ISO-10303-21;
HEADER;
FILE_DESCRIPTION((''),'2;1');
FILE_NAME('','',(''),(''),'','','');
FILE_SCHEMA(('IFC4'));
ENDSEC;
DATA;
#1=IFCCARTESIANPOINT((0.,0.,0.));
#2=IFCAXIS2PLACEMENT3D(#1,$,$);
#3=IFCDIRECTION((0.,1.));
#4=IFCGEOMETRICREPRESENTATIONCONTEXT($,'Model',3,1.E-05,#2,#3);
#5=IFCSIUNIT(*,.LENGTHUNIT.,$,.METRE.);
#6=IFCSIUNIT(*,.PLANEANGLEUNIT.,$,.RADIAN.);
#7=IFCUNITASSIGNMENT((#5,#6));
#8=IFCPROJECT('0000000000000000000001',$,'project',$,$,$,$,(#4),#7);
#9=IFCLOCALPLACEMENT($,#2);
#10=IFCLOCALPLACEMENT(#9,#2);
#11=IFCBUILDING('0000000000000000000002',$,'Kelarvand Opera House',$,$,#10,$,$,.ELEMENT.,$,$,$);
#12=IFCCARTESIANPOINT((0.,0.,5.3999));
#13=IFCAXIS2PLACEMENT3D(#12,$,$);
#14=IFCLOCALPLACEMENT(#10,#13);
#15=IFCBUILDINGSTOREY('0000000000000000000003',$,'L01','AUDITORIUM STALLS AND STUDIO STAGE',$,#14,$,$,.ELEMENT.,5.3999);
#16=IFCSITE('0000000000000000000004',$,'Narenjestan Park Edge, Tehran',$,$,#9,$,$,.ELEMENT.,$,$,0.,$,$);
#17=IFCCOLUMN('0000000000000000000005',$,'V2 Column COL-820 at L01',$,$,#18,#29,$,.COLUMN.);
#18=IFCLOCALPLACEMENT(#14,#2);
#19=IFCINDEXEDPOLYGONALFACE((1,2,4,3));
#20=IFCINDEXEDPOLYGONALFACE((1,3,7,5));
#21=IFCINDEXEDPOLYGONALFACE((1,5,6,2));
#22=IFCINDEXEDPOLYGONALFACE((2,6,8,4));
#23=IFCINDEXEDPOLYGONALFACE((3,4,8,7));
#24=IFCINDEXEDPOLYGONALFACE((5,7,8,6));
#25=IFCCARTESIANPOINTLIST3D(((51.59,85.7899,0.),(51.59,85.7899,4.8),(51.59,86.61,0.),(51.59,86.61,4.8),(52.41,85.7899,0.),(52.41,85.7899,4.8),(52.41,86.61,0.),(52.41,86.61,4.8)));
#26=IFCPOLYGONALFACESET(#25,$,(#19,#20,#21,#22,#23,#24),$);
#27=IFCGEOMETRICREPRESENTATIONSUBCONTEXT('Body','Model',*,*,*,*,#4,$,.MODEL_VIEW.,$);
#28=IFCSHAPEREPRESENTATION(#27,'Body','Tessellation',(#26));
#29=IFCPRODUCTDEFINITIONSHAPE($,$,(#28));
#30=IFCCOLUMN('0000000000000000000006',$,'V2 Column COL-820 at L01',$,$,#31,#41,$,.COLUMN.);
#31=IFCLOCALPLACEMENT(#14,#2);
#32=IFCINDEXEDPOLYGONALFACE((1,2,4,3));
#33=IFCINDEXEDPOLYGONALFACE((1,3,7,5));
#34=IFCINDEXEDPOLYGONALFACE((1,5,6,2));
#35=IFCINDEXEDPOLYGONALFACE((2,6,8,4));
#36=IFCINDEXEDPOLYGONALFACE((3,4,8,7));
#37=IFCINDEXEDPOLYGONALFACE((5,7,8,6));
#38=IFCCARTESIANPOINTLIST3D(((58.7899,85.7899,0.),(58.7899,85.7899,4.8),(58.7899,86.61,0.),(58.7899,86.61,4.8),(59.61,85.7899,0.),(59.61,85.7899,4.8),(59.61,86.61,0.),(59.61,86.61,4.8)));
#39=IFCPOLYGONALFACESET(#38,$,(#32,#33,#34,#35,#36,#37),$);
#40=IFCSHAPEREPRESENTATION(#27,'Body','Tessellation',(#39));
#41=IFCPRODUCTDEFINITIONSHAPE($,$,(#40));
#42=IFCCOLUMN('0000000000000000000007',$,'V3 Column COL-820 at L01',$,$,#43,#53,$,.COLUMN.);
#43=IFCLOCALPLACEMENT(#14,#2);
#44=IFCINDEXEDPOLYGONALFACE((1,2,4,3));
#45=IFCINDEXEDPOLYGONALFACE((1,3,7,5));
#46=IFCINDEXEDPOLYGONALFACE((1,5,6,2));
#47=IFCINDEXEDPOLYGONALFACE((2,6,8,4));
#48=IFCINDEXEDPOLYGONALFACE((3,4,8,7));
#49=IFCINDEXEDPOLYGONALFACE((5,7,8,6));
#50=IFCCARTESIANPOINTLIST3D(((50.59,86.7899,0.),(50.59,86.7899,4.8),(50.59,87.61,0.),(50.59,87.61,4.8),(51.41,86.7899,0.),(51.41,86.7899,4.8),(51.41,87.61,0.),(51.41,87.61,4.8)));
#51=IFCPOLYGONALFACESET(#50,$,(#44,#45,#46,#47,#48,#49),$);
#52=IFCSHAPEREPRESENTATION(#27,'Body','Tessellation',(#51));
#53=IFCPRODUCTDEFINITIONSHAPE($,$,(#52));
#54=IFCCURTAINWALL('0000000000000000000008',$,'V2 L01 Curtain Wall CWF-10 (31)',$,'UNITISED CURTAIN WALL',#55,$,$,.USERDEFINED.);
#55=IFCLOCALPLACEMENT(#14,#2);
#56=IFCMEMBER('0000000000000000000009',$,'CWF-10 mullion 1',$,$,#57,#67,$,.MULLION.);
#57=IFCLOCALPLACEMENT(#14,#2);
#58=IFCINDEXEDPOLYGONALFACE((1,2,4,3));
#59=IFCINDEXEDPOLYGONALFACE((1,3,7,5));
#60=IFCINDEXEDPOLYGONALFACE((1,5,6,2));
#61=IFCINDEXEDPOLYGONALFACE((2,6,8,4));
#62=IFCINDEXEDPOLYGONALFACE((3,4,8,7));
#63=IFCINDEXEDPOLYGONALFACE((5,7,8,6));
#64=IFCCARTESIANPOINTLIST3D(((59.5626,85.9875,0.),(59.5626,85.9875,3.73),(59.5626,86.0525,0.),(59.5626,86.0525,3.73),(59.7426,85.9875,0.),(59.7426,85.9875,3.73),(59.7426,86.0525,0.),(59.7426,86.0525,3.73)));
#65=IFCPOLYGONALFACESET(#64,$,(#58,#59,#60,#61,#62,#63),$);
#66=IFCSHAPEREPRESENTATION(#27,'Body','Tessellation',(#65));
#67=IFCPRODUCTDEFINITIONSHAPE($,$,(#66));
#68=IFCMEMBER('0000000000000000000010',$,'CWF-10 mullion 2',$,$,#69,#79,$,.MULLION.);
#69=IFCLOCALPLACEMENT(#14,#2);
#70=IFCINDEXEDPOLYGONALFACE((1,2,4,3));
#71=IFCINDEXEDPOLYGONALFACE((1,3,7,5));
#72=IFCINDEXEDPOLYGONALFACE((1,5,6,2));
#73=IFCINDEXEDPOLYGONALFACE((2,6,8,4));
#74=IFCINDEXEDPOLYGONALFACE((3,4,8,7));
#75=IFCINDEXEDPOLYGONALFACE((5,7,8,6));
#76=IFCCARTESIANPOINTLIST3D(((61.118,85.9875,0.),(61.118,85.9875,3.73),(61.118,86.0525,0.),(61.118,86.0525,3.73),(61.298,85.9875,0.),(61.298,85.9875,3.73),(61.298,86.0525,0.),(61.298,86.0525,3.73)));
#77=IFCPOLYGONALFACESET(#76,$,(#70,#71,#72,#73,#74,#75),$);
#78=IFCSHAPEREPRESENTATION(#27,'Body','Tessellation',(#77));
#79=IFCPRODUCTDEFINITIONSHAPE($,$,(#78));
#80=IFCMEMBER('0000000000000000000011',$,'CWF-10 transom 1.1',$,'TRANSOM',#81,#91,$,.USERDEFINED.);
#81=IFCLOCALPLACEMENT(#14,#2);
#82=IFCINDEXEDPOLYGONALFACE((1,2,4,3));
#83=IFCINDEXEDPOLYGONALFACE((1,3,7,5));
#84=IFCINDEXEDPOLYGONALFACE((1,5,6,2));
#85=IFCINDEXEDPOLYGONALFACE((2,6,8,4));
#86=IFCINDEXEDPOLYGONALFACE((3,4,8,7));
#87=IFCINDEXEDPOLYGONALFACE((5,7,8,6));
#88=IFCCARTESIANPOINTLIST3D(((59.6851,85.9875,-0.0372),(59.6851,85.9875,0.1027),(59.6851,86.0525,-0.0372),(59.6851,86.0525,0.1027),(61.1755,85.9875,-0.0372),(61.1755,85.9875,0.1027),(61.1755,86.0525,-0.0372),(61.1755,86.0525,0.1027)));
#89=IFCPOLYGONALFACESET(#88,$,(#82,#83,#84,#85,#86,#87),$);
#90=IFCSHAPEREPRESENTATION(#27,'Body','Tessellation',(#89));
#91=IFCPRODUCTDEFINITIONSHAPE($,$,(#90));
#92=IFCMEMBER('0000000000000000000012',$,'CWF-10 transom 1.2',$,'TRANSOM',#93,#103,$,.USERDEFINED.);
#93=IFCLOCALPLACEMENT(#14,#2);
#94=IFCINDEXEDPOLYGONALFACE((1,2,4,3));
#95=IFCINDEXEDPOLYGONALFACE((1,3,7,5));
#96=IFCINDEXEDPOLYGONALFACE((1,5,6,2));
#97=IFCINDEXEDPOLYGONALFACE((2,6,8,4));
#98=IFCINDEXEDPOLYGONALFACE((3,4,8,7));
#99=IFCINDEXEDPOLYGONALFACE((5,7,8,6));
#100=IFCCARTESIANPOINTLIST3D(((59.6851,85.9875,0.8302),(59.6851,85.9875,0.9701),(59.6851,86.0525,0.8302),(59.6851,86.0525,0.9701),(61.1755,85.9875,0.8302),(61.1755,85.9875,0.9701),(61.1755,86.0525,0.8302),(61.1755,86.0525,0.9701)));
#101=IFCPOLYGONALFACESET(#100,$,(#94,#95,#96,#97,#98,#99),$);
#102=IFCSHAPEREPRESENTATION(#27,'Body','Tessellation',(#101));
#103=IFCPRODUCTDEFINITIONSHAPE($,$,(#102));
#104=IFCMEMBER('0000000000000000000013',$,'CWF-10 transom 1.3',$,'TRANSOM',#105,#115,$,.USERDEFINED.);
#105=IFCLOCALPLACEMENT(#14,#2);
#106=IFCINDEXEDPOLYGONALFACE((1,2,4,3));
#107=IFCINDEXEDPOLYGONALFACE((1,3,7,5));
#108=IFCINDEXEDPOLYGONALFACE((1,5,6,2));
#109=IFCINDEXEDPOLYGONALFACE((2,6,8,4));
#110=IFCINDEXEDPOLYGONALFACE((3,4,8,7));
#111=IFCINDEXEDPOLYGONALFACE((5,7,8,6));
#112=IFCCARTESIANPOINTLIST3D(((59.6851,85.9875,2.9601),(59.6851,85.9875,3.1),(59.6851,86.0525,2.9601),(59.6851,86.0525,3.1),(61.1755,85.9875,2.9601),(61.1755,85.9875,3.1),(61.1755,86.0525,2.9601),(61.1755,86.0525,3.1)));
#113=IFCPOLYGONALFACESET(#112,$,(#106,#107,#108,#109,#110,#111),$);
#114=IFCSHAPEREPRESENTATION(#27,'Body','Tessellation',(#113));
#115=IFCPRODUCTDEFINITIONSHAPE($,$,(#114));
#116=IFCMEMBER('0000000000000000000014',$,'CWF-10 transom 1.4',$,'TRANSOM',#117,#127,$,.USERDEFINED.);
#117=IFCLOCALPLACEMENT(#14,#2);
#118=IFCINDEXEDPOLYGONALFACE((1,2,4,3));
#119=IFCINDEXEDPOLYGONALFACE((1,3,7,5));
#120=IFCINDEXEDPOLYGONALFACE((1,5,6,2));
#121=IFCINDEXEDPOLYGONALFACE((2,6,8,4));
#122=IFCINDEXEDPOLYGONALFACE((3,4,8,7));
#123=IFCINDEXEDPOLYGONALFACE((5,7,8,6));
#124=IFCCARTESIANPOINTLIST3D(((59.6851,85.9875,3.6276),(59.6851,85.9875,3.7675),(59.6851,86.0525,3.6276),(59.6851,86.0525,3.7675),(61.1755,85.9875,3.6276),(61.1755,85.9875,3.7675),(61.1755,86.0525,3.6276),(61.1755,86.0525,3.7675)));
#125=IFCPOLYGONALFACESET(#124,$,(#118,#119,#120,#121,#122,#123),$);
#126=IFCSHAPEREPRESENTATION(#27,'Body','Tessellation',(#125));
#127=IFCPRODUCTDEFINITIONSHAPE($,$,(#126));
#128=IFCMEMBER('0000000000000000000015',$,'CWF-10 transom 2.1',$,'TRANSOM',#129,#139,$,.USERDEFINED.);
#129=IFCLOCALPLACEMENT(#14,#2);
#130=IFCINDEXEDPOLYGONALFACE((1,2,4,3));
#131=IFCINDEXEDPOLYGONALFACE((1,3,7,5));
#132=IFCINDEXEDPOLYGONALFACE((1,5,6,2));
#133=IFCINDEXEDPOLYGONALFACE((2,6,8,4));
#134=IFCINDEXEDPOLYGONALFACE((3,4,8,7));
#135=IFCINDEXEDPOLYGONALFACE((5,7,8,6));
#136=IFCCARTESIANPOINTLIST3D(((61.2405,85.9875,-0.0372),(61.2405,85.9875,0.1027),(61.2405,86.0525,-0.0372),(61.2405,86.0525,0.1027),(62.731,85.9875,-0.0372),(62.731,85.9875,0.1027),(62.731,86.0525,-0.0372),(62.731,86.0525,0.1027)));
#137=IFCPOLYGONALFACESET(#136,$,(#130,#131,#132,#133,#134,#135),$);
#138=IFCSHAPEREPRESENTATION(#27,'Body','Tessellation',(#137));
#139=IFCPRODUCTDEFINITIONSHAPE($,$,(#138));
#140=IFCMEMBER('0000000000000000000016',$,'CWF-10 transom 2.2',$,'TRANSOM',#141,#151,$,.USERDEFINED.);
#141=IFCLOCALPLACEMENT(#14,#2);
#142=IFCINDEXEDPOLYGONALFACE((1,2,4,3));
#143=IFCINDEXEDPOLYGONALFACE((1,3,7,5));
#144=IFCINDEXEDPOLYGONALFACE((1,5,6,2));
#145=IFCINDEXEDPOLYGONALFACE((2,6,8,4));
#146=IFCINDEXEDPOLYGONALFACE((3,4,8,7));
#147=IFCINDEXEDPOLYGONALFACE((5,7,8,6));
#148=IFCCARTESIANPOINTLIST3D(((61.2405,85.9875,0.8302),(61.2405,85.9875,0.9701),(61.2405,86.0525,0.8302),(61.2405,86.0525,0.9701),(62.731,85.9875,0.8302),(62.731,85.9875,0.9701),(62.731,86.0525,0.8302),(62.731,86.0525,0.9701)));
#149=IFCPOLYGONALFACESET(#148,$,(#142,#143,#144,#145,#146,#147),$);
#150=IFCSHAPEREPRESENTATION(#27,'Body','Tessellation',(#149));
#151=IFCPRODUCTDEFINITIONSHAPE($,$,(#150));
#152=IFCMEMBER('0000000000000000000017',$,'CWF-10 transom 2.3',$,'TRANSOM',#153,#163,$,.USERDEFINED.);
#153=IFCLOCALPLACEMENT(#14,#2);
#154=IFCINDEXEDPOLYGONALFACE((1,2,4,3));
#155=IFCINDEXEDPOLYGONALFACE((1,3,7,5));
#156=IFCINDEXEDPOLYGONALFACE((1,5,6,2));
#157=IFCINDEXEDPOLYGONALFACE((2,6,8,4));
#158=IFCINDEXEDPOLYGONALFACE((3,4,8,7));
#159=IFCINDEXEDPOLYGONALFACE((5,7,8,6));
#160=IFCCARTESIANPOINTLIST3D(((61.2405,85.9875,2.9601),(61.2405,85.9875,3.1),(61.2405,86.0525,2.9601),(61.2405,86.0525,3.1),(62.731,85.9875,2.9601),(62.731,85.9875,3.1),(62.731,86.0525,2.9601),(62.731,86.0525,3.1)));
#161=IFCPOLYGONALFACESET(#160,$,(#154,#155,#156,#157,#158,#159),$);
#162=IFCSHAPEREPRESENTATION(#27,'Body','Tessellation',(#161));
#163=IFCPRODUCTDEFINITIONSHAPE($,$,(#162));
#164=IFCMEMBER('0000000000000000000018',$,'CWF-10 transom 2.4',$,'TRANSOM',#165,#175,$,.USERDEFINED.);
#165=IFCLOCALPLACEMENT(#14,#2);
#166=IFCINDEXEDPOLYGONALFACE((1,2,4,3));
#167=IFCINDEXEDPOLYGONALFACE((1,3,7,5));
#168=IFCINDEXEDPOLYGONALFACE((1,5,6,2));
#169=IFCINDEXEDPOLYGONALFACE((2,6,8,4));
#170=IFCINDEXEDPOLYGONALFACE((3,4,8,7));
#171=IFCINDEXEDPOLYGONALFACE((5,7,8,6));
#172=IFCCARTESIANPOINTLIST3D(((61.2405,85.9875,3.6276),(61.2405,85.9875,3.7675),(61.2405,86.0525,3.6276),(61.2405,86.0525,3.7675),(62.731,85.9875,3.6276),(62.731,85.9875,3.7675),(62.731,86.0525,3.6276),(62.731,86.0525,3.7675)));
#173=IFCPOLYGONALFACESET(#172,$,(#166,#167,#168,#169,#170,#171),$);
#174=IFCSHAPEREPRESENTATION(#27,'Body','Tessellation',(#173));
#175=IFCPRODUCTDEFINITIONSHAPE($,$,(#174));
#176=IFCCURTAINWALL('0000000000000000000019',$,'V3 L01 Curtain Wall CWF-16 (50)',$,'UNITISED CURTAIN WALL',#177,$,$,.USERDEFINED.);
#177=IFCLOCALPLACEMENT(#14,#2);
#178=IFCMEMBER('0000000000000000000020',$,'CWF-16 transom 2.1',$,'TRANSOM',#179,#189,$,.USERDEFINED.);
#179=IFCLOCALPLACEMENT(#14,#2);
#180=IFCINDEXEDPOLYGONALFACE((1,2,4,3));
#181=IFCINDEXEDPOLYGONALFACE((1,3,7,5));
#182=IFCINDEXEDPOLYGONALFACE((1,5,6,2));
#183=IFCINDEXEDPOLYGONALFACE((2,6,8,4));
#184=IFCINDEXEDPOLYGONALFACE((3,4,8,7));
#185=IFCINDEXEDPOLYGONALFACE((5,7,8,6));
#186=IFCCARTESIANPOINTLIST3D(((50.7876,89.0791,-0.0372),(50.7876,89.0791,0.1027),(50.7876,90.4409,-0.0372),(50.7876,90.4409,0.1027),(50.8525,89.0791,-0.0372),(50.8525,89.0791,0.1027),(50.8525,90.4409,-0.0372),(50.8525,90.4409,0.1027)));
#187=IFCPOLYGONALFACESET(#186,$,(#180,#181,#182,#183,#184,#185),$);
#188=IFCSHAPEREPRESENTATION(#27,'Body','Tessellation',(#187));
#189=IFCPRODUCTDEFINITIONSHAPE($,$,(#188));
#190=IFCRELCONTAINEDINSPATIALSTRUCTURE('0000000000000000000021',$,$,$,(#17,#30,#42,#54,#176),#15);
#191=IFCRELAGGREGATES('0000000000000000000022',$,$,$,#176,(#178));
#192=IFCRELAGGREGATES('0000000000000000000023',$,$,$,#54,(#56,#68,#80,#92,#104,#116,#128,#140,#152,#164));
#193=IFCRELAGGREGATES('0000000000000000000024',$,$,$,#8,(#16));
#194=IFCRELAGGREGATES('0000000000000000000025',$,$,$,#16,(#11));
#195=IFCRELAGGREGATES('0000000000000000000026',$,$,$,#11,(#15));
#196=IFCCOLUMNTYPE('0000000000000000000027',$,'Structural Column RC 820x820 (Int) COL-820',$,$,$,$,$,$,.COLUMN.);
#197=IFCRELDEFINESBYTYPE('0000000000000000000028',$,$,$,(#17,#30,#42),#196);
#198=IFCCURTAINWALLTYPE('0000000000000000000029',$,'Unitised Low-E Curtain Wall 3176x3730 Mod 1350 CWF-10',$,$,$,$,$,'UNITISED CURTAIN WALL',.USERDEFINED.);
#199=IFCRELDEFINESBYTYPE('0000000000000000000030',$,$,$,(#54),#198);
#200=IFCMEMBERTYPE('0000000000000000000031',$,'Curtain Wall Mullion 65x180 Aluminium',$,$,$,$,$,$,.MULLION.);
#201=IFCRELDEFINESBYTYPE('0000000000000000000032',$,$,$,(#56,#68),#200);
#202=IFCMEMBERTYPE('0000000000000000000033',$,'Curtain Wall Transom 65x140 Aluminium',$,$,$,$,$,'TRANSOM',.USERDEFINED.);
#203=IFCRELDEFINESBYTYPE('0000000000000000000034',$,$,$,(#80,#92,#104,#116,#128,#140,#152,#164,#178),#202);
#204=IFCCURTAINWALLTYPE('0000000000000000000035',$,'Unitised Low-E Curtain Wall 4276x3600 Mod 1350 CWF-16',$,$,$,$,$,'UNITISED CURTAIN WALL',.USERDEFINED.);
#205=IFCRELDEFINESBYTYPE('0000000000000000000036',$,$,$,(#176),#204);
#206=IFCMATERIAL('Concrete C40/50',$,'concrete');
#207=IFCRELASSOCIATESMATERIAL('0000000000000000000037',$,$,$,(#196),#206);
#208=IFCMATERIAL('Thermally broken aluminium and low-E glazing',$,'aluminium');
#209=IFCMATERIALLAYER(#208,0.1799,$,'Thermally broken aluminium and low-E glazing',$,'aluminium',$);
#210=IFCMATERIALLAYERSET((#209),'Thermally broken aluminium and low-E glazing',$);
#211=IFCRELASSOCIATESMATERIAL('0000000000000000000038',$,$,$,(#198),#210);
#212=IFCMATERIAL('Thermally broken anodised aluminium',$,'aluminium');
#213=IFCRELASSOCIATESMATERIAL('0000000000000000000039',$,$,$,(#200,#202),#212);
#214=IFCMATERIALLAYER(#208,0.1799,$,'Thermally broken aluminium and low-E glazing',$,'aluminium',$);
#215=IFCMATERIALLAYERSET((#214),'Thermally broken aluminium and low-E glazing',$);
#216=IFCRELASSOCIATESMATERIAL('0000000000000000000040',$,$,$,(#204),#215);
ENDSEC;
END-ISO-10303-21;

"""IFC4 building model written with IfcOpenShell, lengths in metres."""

from ifc_helpers import new_model, si_unit, direction, frame, origin, origin_2d, place, context, subcontext, project, spatial, rectangle, extrude, material, layer, layer_set, material_profile, profile_set, type_object, element, aggregate, save


model = new_model("IFC4")

# Units and contexts
model_context = context("Model", 3, precision=1e-05, world=origin(), true_north=direction((0.0, 1.0)))
body_context = subcontext(model_context, "Body", "Model", "MODEL_VIEW")
ifc_project = project(units=[si_unit("LENGTHUNIT", "METRE"), si_unit("PLANEANGLEUNIT", "RADIAN")], contexts=[model_context])

# Site, building, storey
site_placement = place(None, origin())
site = spatial("IfcSite", under=ifc_project, at=site_placement, Name="Narenjestan Park Edge, Tehran", CompositionType="ELEMENT", RefElevation=0.0)
building_placement = place(site_placement, origin())
building = spatial("IfcBuilding", under=site, at=building_placement, Name="Kelarvand Opera House", CompositionType="ELEMENT")
storey_placement = place(building_placement, frame((0.0, 0.0, 5.3999)))
storey = spatial("IfcBuildingStorey", under=building, at=storey_placement, Name="L01", Description="AUDITORIUM STALLS AND STUDIO STAGE", CompositionType="ELEMENT", Elevation=5.3999)

# Columns
ifc_material_1 = material(Name="Concrete C40/50", Category="concrete")
ifc_material_profile_1 = material_profile(ifc_material_1, rectangle(XDim=0.8201, YDim=0.8201, at=origin_2d()), Name="RC 820x820", Category="concrete")
ifc_profile_set_1 = profile_set([ifc_material_profile_1], Name="Concrete C40/50")
column_type = type_object("IfcColumnType", Name="Structural Column RC 820x820 (Int) COL-820", PredefinedType="COLUMN", material=ifc_profile_set_1)
for number, where, z_axis, x_axis, name in (
    (1, (52.0, 86.2, 0.0), (0.0, 0.0, 1.0), (1.0, 0.0, 0.0), "V2 Column COL-820 at L01"),
    (2, (59.2, 86.2, 0.0), (0.0, 0.0, 1.0), (1.0, 0.0, 0.0), "V2 Column COL-820 at L01"),
    (3, (51.0, 87.2, 0.0), (0.0, 0.0, 1.0), (1.0, 0.0, 0.0), "V3 Column COL-820 at L01"),
):
    element("IfcColumn", number, at=place(storey_placement, frame(where, z_axis=z_axis, x_axis=x_axis)), inside=storey, type_object=column_type, Name=name, PredefinedType="COLUMN", context=body_context, shape_type="SweptSolid", body=[
        extrude(rectangle(XDim=0.8201, YDim=0.8201, at=origin_2d()), origin(), (0.0, 0.0, 1.0), 4.8),
    ])

# Curtain wall, members
ifc_material_2 = material(Name="Thermally broken aluminium and low-E glazing", Category="aluminium")
ifc_layer_1 = layer(ifc_material_2, 0.1799, Name="Thermally broken aluminium and low-E glazing", Category="aluminium")
ifc_layer_set_1 = layer_set([ifc_layer_1], Name="Thermally broken aluminium and low-E glazing")
curtain_wall_type_1 = type_object("IfcCurtainWallType", Name="Unitised Low-E Curtain Wall 3176x3730 Mod 1350 CWF-10", ElementType="UNITISED CURTAIN WALL", PredefinedType="USERDEFINED", material=ifc_layer_set_1)
curtain_wall_1_placement = place(storey_placement, origin())
curtain_wall_1 = element("IfcCurtainWall", 4, at=curtain_wall_1_placement, inside=storey, type_object=curtain_wall_type_1, Name="V2 L01 Curtain Wall CWF-10 (31)", ObjectType="UNITISED CURTAIN WALL", PredefinedType="USERDEFINED")
ifc_material_3 = material(Name="Thermally broken anodised aluminium", Category="aluminium")
ifc_material_profile_2 = material_profile(ifc_material_3, rectangle(XDim=0.0649, YDim=0.1799, at=origin_2d()), Name="ALU MULLION 65x180", Category="aluminium")
ifc_profile_set_2 = profile_set([ifc_material_profile_2], Name="Thermally broken anodised aluminium")
member_type_1 = type_object("IfcMemberType", Name="Curtain Wall Mullion 65x180 Aluminium", PredefinedType="MULLION", material=ifc_profile_set_2)
member_1_placement = place(storey_placement, frame((59.6526, 86.02, 0.0), z_axis=(0.0, 0.0, 1.0), x_axis=(0.0, 1.0, 0.0)))
member_1 = element("IfcMember", 5, at=member_1_placement, type_object=member_type_1, Name="CWF-10 mullion 1", PredefinedType="MULLION", context=body_context, shape_type="SweptSolid", body=[
    extrude(rectangle(XDim=0.0649, YDim=0.1799, at=origin_2d()), origin(), (0.0, 0.0, 1.0), 3.73),
])
member_2_placement = place(storey_placement, frame((61.208, 86.02, 0.0), z_axis=(0.0, 0.0, 1.0), x_axis=(0.0, 1.0, 0.0)))
member_2 = element("IfcMember", 6, at=member_2_placement, type_object=member_type_1, Name="CWF-10 mullion 2", PredefinedType="MULLION", context=body_context, shape_type="SweptSolid", body=[
    extrude(rectangle(XDim=0.0649, YDim=0.1799, at=origin_2d()), origin(), (0.0, 0.0, 1.0), 3.73),
])
ifc_material_profile_3 = material_profile(ifc_material_3, rectangle(XDim=0.0649, YDim=0.1399, at=origin_2d()), Name="ALU TRANSOM 65x140", Category="aluminium")
ifc_profile_set_3 = profile_set([ifc_material_profile_3], Name="Thermally broken anodised aluminium")
member_type_2 = type_object("IfcMemberType", Name="Curtain Wall Transom 65x140 Aluminium", ElementType="TRANSOM", PredefinedType="USERDEFINED", material=ifc_profile_set_3)
member_3_placement = place(storey_placement, frame((59.6851, 86.02, 0.0327), z_axis=(1.0, 0.0, 0.0), x_axis=(0.0, 1.0, 0.0)))
member_3 = element("IfcMember", 7, at=member_3_placement, type_object=member_type_2, Name="CWF-10 transom 1.1", ObjectType="TRANSOM", PredefinedType="USERDEFINED", context=body_context, shape_type="SweptSolid", body=[
    extrude(rectangle(XDim=0.0649, YDim=0.1399, at=origin_2d()), origin(), (0.0, 0.0, 1.0), 1.4905),
])
member_4_placement = place(storey_placement, frame((59.6851, 86.02, 0.9001), z_axis=(1.0, 0.0, 0.0), x_axis=(0.0, 1.0, 0.0)))
member_4 = element("IfcMember", 8, at=member_4_placement, type_object=member_type_2, Name="CWF-10 transom 1.2", ObjectType="TRANSOM", PredefinedType="USERDEFINED", context=body_context, shape_type="SweptSolid", body=[
    extrude(rectangle(XDim=0.0649, YDim=0.1399, at=origin_2d()), origin(), (0.0, 0.0, 1.0), 1.4905),
])
member_5_placement = place(storey_placement, frame((59.6851, 86.02, 3.03), z_axis=(1.0, 0.0, 0.0), x_axis=(0.0, 1.0, 0.0)))
member_5 = element("IfcMember", 9, at=member_5_placement, type_object=member_type_2, Name="CWF-10 transom 1.3", ObjectType="TRANSOM", PredefinedType="USERDEFINED", context=body_context, shape_type="SweptSolid", body=[
    extrude(rectangle(XDim=0.0649, YDim=0.1399, at=origin_2d()), origin(), (0.0, 0.0, 1.0), 1.4905),
])
member_6_placement = place(storey_placement, frame((59.6851, 86.02, 3.6975), z_axis=(1.0, 0.0, 0.0), x_axis=(0.0, 1.0, 0.0)))
member_6 = element("IfcMember", 10, at=member_6_placement, type_object=member_type_2, Name="CWF-10 transom 1.4", ObjectType="TRANSOM", PredefinedType="USERDEFINED", context=body_context, shape_type="SweptSolid", body=[
    extrude(rectangle(XDim=0.0649, YDim=0.1399, at=origin_2d()), origin(), (0.0, 0.0, 1.0), 1.4905),
])
member_7_placement = place(storey_placement, frame((61.2405, 86.02, 0.0327), z_axis=(1.0, 0.0, 0.0), x_axis=(0.0, 1.0, 0.0)))
member_7 = element("IfcMember", 11, at=member_7_placement, type_object=member_type_2, Name="CWF-10 transom 2.1", ObjectType="TRANSOM", PredefinedType="USERDEFINED", context=body_context, shape_type="SweptSolid", body=[
    extrude(rectangle(XDim=0.0649, YDim=0.1399, at=origin_2d()), origin(), (0.0, 0.0, 1.0), 1.4905),
])
member_8_placement = place(storey_placement, frame((61.2405, 86.02, 0.9001), z_axis=(1.0, 0.0, 0.0), x_axis=(0.0, 1.0, 0.0)))
member_8 = element("IfcMember", 12, at=member_8_placement, type_object=member_type_2, Name="CWF-10 transom 2.2", ObjectType="TRANSOM", PredefinedType="USERDEFINED", context=body_context, shape_type="SweptSolid", body=[
    extrude(rectangle(XDim=0.0649, YDim=0.1399, at=origin_2d()), origin(), (0.0, 0.0, 1.0), 1.4905),
])
member_9_placement = place(storey_placement, frame((61.2405, 86.02, 3.03), z_axis=(1.0, 0.0, 0.0), x_axis=(0.0, 1.0, 0.0)))
member_9 = element("IfcMember", 13, at=member_9_placement, type_object=member_type_2, Name="CWF-10 transom 2.3", ObjectType="TRANSOM", PredefinedType="USERDEFINED", context=body_context, shape_type="SweptSolid", body=[
    extrude(rectangle(XDim=0.0649, YDim=0.1399, at=origin_2d()), origin(), (0.0, 0.0, 1.0), 1.4905),
])
member_10_placement = place(storey_placement, frame((61.2405, 86.02, 3.6975), z_axis=(1.0, 0.0, 0.0), x_axis=(0.0, 1.0, 0.0)))
member_10 = element("IfcMember", 14, at=member_10_placement, type_object=member_type_2, Name="CWF-10 transom 2.4", ObjectType="TRANSOM", PredefinedType="USERDEFINED", context=body_context, shape_type="SweptSolid", body=[
    extrude(rectangle(XDim=0.0649, YDim=0.1399, at=origin_2d()), origin(), (0.0, 0.0, 1.0), 1.4905),
])

# Curtain wall, member
ifc_layer_2 = layer(ifc_material_2, 0.1799, Name="Thermally broken aluminium and low-E glazing", Category="aluminium")
ifc_layer_set_2 = layer_set([ifc_layer_2], Name="Thermally broken aluminium and low-E glazing")
curtain_wall_type_2 = type_object("IfcCurtainWallType", Name="Unitised Low-E Curtain Wall 4276x3600 Mod 1350 CWF-16", ElementType="UNITISED CURTAIN WALL", PredefinedType="USERDEFINED", material=ifc_layer_set_2)
curtain_wall_2_placement = place(storey_placement, origin())
curtain_wall_2 = element("IfcCurtainWall", 15, at=curtain_wall_2_placement, inside=storey, type_object=curtain_wall_type_2, Name="V3 L01 Curtain Wall CWF-16 (50)", ObjectType="UNITISED CURTAIN WALL", PredefinedType="USERDEFINED")
member_11_placement = place(storey_placement, frame((50.8201, 90.4409, 0.0327), z_axis=(0.0, -1.0, 0.0), x_axis=(1.0, 0.0, 0.0)))
member_11 = element("IfcMember", 16, at=member_11_placement, type_object=member_type_2, Name="CWF-16 transom 2.1", ObjectType="TRANSOM", PredefinedType="USERDEFINED", context=body_context, shape_type="SweptSolid", body=[
    extrude(rectangle(XDim=0.0649, YDim=0.1399, at=origin_2d()), origin(), (0.0, 0.0, 1.0), 1.3618),
])
aggregate(curtain_wall_2, [member_11])

aggregate(curtain_wall_1, [member_1, member_2, member_3, member_4, member_5, member_6, member_7, member_8, member_9, member_10])

save(model, "model.ifc")
